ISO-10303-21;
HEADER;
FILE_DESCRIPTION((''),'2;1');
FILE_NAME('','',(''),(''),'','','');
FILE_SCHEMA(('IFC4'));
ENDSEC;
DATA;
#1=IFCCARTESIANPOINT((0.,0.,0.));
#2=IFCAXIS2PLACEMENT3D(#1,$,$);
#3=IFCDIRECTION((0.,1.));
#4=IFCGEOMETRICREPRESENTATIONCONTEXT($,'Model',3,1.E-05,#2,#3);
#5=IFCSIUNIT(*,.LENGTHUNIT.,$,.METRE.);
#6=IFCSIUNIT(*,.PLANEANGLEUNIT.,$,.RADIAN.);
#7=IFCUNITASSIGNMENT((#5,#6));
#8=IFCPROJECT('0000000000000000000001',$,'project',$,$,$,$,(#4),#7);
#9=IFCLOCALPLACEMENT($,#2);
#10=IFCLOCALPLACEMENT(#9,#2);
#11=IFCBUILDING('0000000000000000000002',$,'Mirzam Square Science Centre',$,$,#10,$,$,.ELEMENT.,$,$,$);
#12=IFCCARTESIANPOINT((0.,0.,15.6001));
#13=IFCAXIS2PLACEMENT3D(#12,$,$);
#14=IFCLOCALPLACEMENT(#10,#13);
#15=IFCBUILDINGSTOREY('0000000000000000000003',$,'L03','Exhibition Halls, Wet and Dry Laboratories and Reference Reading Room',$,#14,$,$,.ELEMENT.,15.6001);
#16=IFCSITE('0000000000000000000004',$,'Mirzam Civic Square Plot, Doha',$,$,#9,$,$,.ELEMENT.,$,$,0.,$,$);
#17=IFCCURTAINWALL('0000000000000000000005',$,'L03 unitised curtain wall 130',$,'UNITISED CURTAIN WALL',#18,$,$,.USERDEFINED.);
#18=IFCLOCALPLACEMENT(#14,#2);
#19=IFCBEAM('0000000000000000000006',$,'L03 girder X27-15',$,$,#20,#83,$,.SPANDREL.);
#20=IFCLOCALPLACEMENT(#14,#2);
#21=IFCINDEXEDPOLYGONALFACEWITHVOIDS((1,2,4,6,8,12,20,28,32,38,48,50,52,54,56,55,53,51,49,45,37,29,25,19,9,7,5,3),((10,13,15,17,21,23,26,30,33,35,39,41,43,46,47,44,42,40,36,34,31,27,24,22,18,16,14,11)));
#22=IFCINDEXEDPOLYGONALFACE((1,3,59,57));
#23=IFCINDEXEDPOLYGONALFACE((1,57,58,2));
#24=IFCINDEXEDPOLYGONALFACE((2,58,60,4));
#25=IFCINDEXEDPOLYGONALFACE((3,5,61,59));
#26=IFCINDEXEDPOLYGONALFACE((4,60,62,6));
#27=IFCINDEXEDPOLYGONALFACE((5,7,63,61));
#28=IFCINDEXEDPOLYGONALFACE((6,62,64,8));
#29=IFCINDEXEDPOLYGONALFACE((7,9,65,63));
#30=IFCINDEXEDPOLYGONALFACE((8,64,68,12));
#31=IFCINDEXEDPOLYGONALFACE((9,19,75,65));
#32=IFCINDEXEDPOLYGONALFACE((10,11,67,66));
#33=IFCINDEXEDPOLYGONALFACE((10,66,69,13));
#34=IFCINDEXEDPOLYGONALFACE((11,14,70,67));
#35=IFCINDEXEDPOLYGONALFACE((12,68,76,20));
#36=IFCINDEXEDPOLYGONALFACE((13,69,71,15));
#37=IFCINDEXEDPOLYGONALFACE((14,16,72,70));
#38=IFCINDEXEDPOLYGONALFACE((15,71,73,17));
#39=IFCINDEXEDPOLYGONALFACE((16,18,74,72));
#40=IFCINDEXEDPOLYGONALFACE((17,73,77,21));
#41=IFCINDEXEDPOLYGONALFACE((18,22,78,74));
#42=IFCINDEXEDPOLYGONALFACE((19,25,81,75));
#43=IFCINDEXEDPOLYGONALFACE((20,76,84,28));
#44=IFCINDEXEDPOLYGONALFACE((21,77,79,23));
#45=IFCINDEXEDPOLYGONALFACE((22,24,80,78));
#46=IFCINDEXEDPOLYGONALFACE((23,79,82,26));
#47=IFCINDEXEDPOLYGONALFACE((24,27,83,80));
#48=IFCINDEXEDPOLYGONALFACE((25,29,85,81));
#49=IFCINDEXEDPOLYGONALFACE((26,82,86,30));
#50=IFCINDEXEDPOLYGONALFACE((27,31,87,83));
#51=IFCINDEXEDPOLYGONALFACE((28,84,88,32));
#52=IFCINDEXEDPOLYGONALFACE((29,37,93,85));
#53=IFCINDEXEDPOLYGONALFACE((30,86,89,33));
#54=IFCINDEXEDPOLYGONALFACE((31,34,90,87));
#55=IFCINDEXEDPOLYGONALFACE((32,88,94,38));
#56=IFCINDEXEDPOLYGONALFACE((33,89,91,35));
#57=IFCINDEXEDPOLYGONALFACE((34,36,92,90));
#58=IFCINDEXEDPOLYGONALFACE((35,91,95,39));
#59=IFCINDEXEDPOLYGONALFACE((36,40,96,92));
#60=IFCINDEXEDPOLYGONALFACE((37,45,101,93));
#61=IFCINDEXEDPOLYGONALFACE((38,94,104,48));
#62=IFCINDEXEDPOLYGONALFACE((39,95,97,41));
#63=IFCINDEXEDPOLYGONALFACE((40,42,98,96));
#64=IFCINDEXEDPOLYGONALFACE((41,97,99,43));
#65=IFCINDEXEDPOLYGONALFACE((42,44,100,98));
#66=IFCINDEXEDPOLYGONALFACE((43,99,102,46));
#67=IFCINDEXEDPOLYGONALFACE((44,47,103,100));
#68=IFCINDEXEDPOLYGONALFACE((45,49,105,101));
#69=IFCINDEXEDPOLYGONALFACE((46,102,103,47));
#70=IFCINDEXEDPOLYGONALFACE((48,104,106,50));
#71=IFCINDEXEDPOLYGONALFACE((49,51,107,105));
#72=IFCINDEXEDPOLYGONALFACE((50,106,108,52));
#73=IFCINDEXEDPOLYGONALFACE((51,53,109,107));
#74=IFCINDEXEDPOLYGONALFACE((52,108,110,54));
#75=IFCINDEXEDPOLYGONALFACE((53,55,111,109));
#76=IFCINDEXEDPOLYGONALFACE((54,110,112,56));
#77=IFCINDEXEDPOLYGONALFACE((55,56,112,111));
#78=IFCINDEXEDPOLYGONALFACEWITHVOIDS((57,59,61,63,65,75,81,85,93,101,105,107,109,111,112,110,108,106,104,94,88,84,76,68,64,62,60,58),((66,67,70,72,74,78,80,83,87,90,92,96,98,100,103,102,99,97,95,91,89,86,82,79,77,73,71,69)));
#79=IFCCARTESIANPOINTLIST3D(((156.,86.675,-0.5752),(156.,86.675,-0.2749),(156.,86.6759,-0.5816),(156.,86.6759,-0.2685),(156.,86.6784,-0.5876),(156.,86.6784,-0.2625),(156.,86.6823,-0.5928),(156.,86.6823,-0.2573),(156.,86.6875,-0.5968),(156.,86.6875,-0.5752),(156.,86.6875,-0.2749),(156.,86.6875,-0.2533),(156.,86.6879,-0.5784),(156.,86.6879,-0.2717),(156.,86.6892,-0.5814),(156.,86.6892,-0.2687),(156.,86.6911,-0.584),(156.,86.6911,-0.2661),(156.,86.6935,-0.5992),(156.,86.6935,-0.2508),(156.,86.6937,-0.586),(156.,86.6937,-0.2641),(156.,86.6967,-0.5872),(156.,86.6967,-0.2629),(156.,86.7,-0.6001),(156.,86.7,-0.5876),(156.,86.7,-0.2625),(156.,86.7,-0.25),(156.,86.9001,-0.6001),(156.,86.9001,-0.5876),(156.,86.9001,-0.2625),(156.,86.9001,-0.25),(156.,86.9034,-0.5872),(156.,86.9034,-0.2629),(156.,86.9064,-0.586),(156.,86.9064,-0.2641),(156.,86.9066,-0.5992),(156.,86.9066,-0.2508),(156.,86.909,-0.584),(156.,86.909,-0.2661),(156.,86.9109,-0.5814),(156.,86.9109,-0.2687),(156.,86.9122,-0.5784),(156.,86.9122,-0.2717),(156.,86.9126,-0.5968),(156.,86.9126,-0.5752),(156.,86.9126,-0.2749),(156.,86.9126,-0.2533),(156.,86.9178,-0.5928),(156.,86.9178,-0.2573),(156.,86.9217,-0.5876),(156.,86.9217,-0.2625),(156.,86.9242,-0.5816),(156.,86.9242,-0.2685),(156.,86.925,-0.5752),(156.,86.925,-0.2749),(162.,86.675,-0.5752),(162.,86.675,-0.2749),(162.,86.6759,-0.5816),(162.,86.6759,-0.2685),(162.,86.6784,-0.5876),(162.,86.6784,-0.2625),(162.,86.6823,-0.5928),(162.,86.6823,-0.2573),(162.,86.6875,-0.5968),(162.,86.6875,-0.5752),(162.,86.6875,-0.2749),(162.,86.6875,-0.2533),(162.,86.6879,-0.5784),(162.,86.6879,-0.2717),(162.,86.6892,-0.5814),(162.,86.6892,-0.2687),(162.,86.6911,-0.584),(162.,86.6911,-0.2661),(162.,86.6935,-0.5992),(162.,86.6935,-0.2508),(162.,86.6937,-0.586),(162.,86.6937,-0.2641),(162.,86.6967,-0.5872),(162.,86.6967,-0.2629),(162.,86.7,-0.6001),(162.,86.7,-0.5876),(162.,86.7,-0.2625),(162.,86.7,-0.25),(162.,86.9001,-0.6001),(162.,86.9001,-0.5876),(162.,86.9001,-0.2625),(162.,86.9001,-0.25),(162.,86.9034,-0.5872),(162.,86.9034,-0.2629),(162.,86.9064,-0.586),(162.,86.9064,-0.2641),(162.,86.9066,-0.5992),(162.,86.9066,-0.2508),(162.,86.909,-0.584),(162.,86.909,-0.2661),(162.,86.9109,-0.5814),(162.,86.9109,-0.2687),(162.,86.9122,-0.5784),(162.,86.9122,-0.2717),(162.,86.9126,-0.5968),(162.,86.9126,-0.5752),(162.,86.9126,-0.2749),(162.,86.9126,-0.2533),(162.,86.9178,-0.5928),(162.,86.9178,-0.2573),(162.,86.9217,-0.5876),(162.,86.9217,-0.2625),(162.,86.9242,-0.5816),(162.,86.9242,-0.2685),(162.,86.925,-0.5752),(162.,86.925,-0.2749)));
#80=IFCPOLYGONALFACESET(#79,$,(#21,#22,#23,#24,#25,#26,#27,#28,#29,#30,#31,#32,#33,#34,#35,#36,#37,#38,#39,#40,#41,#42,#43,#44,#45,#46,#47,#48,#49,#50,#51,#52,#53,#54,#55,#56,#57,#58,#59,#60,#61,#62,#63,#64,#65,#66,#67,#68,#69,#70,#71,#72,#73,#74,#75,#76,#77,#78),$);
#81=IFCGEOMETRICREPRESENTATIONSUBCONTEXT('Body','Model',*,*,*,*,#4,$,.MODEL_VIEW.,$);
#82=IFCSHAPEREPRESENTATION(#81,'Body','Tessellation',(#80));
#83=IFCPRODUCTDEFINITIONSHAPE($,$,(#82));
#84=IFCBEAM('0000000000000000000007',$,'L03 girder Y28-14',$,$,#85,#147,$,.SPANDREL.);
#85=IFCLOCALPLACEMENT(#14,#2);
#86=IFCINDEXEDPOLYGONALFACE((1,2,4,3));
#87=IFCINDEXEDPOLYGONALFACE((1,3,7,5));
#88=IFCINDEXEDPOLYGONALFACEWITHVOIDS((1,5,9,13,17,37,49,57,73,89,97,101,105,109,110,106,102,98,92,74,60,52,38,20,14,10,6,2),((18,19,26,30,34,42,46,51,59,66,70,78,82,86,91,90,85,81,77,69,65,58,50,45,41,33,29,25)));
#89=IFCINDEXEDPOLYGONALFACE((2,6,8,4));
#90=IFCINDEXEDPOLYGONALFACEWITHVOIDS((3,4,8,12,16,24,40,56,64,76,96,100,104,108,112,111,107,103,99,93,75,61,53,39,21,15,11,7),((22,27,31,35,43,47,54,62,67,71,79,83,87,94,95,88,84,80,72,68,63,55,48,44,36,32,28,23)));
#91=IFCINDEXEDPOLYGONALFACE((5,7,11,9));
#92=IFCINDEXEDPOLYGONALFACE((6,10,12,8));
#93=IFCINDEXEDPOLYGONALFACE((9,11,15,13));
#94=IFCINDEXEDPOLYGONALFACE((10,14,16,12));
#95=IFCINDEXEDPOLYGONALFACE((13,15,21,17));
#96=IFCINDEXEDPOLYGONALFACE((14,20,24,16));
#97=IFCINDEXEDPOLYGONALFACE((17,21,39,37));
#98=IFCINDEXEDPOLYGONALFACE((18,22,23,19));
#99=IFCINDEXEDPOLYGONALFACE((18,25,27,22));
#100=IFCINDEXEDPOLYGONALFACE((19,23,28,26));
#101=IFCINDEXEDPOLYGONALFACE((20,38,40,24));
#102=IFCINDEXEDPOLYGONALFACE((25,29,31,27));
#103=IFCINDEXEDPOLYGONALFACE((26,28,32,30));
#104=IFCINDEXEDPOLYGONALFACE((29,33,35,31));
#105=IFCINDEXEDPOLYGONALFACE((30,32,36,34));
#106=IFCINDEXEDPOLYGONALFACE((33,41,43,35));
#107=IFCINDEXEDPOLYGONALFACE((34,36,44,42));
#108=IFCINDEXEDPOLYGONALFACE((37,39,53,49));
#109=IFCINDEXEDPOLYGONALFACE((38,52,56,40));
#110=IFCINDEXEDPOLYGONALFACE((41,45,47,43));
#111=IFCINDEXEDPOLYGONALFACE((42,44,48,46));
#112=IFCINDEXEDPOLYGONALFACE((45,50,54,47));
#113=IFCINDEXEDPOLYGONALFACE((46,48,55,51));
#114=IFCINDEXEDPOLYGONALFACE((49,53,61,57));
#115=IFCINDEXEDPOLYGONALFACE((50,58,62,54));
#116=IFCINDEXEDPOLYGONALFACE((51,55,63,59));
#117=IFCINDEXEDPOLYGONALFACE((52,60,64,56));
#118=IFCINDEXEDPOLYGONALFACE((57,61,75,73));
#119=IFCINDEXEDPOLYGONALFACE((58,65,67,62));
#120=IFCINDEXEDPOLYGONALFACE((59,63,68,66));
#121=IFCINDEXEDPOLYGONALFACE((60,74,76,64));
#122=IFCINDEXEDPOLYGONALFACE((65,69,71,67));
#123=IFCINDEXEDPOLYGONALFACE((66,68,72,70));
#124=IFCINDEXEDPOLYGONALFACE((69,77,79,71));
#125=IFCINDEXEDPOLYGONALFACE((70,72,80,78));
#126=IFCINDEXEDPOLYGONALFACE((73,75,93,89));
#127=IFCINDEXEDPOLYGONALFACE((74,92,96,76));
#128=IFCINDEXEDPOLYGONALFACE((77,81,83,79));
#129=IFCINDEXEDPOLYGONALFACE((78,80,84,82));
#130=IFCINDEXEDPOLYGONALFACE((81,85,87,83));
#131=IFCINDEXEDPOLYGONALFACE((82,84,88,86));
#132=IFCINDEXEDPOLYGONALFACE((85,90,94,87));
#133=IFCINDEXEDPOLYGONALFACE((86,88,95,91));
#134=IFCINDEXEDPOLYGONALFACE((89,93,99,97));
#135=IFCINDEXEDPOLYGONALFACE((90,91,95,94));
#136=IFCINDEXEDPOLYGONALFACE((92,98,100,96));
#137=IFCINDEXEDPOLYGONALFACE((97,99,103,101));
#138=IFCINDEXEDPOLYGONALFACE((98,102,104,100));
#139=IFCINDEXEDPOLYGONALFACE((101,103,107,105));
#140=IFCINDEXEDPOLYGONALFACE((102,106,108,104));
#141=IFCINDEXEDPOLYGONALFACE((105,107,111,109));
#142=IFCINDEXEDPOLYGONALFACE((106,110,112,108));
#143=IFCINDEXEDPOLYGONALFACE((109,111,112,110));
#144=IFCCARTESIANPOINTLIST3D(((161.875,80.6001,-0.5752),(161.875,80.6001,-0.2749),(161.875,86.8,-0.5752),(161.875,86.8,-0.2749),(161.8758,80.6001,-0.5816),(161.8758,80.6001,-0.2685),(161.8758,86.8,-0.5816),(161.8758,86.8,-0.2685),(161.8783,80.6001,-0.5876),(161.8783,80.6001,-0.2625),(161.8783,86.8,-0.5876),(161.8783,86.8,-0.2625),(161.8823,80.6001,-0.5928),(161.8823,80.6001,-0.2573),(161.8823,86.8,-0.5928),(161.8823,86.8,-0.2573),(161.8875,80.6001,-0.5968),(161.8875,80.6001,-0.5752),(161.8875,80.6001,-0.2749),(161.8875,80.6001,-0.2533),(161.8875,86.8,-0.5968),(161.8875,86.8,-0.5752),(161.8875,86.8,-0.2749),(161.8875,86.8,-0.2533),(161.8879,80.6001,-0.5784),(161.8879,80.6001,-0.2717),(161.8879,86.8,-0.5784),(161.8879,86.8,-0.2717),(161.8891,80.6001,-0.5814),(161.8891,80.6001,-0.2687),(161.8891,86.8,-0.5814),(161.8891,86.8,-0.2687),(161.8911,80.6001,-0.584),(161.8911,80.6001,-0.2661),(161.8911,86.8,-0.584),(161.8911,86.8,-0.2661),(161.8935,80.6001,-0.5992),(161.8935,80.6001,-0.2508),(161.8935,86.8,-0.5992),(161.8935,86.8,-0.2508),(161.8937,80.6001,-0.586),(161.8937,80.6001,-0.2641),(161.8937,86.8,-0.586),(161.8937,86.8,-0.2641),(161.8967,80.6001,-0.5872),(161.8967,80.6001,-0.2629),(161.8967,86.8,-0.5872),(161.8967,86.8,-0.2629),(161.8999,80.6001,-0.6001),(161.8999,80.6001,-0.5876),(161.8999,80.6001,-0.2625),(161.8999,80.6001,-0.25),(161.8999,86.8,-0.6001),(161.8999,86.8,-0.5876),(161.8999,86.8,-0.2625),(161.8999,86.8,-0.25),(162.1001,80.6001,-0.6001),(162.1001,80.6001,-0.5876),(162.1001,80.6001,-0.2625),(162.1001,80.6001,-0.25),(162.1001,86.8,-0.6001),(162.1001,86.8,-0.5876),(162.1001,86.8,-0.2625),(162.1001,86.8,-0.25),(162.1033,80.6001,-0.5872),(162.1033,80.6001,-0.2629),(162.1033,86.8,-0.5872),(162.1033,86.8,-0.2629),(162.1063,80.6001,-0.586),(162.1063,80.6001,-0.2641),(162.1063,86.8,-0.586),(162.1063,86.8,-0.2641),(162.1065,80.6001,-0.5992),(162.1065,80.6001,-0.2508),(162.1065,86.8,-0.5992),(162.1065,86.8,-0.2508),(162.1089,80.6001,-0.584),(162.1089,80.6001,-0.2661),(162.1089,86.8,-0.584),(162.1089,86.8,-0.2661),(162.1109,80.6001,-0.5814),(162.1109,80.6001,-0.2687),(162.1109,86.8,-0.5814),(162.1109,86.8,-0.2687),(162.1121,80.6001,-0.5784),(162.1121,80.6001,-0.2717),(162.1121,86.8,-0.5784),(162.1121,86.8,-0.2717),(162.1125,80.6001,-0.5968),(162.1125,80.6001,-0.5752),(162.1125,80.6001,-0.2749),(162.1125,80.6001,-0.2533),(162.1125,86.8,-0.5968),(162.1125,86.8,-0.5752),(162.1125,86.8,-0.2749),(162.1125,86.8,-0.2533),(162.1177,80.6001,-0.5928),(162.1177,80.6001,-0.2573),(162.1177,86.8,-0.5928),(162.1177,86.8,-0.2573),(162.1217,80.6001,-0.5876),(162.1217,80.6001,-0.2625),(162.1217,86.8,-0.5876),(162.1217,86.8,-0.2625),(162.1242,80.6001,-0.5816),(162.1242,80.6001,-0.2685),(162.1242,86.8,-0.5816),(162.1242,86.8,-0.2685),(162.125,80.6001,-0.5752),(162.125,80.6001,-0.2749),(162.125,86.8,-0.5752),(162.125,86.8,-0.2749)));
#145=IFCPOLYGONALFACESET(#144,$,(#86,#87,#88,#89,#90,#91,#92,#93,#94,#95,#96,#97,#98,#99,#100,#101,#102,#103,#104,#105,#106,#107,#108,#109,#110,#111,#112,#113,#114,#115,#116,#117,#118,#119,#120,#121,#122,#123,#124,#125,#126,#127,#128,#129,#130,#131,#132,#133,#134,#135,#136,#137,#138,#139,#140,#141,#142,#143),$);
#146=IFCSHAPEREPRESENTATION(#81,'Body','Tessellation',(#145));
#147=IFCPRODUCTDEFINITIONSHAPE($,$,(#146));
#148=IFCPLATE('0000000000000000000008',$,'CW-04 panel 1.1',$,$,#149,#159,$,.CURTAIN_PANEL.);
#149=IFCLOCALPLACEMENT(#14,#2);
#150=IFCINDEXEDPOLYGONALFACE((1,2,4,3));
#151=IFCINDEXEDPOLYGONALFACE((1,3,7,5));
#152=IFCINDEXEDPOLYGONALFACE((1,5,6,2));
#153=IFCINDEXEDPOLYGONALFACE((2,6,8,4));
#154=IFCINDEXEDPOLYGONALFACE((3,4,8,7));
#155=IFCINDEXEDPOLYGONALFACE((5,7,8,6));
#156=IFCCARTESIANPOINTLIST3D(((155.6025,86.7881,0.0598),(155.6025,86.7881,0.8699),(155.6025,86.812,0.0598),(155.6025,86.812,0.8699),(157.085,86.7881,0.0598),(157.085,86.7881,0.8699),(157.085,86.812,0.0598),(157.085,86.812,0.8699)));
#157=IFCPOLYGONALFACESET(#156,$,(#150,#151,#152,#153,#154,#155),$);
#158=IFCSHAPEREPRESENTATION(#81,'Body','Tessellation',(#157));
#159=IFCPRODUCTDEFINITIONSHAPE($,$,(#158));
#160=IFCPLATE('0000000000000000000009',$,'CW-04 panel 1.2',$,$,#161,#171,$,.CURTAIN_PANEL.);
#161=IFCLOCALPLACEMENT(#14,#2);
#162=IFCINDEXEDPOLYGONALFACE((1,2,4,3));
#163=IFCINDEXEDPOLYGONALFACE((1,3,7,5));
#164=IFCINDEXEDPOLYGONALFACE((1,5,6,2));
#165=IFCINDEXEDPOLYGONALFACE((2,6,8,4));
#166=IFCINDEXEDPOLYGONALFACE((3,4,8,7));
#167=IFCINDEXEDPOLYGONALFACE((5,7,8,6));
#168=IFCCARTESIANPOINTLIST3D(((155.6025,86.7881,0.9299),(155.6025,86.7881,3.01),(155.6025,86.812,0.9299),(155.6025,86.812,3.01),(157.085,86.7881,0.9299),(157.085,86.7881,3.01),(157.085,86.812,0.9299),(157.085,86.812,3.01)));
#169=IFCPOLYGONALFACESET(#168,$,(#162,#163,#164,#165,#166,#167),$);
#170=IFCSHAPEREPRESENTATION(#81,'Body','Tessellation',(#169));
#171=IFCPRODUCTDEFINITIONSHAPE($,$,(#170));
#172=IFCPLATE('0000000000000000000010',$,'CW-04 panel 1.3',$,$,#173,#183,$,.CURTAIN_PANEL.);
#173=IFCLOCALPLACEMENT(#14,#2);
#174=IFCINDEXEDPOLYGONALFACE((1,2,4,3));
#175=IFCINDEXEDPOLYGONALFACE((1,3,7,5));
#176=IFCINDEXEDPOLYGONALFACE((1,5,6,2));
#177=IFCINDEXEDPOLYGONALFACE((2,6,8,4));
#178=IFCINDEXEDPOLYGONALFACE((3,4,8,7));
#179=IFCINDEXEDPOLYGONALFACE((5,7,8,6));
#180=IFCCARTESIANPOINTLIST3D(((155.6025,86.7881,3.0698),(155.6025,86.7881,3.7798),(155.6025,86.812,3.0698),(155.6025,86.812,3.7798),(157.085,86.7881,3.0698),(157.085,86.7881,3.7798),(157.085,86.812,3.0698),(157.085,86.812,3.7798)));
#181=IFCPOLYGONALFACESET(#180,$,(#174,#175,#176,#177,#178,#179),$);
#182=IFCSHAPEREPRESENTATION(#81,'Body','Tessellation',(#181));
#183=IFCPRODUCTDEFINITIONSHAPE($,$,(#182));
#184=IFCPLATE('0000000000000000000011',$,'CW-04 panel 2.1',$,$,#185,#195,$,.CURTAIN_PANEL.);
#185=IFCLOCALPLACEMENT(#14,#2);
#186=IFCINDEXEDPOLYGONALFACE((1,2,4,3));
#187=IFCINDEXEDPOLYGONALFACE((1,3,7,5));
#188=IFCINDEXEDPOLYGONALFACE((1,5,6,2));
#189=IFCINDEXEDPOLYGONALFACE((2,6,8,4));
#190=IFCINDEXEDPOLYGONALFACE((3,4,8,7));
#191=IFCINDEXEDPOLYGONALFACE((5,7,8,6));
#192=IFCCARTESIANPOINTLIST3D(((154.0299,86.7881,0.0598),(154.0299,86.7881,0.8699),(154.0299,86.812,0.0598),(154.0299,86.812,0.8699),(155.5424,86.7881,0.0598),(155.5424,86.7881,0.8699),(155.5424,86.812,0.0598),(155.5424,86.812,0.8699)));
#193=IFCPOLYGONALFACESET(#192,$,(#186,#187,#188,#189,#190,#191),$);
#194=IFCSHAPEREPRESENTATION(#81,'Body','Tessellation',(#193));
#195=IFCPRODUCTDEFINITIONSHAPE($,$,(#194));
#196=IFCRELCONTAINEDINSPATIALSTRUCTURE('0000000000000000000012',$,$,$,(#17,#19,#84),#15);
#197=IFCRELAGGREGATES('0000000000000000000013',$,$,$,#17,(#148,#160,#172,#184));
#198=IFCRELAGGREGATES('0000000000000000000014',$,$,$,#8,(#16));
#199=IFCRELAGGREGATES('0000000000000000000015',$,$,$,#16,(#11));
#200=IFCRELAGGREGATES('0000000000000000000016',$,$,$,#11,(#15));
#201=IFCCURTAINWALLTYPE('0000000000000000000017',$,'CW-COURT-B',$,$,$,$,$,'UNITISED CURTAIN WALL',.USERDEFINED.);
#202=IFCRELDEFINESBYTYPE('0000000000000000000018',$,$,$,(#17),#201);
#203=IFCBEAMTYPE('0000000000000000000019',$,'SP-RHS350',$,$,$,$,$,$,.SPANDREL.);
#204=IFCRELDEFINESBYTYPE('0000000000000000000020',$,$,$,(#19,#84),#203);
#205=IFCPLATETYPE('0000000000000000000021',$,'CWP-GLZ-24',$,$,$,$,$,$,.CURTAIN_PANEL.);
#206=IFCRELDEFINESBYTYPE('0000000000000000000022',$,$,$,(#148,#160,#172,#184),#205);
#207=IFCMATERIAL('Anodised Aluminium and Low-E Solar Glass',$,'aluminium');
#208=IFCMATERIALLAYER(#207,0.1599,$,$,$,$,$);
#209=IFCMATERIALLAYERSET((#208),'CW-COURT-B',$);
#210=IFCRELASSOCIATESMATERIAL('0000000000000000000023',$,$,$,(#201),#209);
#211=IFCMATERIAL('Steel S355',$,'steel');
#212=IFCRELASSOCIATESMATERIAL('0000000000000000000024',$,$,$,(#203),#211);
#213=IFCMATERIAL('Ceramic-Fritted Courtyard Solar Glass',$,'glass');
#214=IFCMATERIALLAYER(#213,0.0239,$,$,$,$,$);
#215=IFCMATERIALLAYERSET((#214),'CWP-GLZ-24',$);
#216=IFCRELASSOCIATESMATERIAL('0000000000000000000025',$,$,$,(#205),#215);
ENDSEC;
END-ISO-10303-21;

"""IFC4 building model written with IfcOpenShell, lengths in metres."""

from ifc_helpers import new_model, si_unit, direction, frame, origin, origin_2d, place, context, subcontext, project, spatial, rectangle, hollow_rectangle, extrude, material, layer, layer_set, material_profile, profile_set, type_object, element, aggregate, save


model = new_model("IFC4")

# Units and contexts
model_context = context("Model", 3, precision=1e-05, world=origin(), true_north=direction((0.0, 1.0)))
body_context = subcontext(model_context, "Body", "Model", "MODEL_VIEW")
ifc_project = project(units=[si_unit("LENGTHUNIT", "METRE"), si_unit("PLANEANGLEUNIT", "RADIAN")], contexts=[model_context])

# Site, building, storey
site_placement = place(None, origin())
site = spatial("IfcSite", under=ifc_project, at=site_placement, Name="Mirzam Civic Square Plot, Doha", CompositionType="ELEMENT", RefElevation=0.0)
building_placement = place(site_placement, origin())
building = spatial("IfcBuilding", under=site, at=building_placement, Name="Mirzam Square Science Centre", CompositionType="ELEMENT")
storey_placement = place(building_placement, frame((0.0, 0.0, 15.6001)))
storey = spatial("IfcBuildingStorey", under=building, at=storey_placement, Name="L03", Description="Exhibition Halls, Wet and Dry Laboratories and Reference Reading Room", CompositionType="ELEMENT", Elevation=15.6001)

# Shared definitions
ifc_material_1 = material(Name="Steel S355", Category="steel")

# Curtain wall
ifc_material_2 = material(Name="Anodised Aluminium and Low-E Solar Glass", Category="aluminium")
ifc_layer_1 = layer(ifc_material_2, 0.1599)
ifc_layer_set_1 = layer_set([ifc_layer_1], Name="CW-COURT-B")
curtain_wall_type_1 = type_object("IfcCurtainWallType", Name="CW-COURT-B", ElementType="UNITISED CURTAIN WALL", PredefinedType="USERDEFINED", material=ifc_layer_set_1)
curtain_wall_1_placement = place(storey_placement, origin())
curtain_wall_1 = element("IfcCurtainWall", 1, at=curtain_wall_1_placement, inside=storey, type_object=curtain_wall_type_1, Name="L03 unitised curtain wall 130", ObjectType="UNITISED CURTAIN WALL", PredefinedType="USERDEFINED")

# Beams
ifc_material_profile_1 = material_profile(ifc_material_1, hollow_rectangle(XDim=0.25, YDim=0.3501, WallThickness=0.0125, InnerFilletRadius=0.0125, OuterFilletRadius=0.0249, at=origin_2d()), Name="350x250x12.5RHS")
ifc_profile_set_1 = profile_set([ifc_material_profile_1], Name="Steel S355")
beam_type_1 = type_object("IfcBeamType", Name="SP-RHS350", PredefinedType="SPANDREL", material=ifc_profile_set_1)
beam_1_placement = place(storey_placement, frame((156.0, 86.8, -0.425), z_axis=(1.0, 0.0, 0.0), x_axis=(0.0, 1.0, 0.0)))
element("IfcBeam", 2, at=beam_1_placement, inside=storey, type_object=beam_type_1, Name="L03 girder X27-15", PredefinedType="SPANDREL", context=body_context, shape_type="SweptSolid", body=[
    extrude(hollow_rectangle(XDim=0.25, YDim=0.3501, WallThickness=0.0125, InnerFilletRadius=0.0125, OuterFilletRadius=0.0249, at=origin_2d()), origin(), (0.0, 0.0, 1.0), 6.0),
])
beam_2_placement = place(storey_placement, frame((162.0, 80.6001, -0.425), z_axis=(0.0, 1.0, 0.0), x_axis=(-1.0, 0.0, 0.0)))
element("IfcBeam", 3, at=beam_2_placement, inside=storey, type_object=beam_type_1, Name="L03 girder Y28-14", PredefinedType="SPANDREL", context=body_context, shape_type="SweptSolid", body=[
    extrude(hollow_rectangle(XDim=0.25, YDim=0.3501, WallThickness=0.0125, InnerFilletRadius=0.0125, OuterFilletRadius=0.0249, at=origin_2d()), origin(), (0.0, 0.0, 1.0), 6.2),
])

# Plates
ifc_material_3 = material(Name="Ceramic-Fritted Courtyard Solar Glass", Category="glass")
ifc_layer_2 = layer(ifc_material_3, 0.0239)
ifc_layer_set_2 = layer_set([ifc_layer_2], Name="CWP-GLZ-24")
plate_type = type_object("IfcPlateType", Name="CWP-GLZ-24", PredefinedType="CURTAIN_PANEL", material=ifc_layer_set_2)
plate_1_placement = place(storey_placement, frame((156.3438, 86.8, 0.0598), z_axis=(0.0, 0.0, 1.0), x_axis=(-1.0, 0.0, 0.0)))
plate_1 = element("IfcPlate", 4, at=plate_1_placement, type_object=plate_type, Name="CW-04 panel 1.1", PredefinedType="CURTAIN_PANEL", context=body_context, shape_type="SweptSolid", body=[
    extrude(rectangle(XDim=1.4824, YDim=0.0239, at=origin_2d()), origin(), (0.0, 0.0, 1.0), 0.8101),
])
plate_2_placement = place(storey_placement, frame((156.3438, 86.8, 0.9299), z_axis=(0.0, 0.0, 1.0), x_axis=(-1.0, 0.0, 0.0)))
plate_2 = element("IfcPlate", 5, at=plate_2_placement, type_object=plate_type, Name="CW-04 panel 1.2", PredefinedType="CURTAIN_PANEL", context=body_context, shape_type="SweptSolid", body=[
    extrude(rectangle(XDim=1.4824, YDim=0.0239, at=origin_2d()), origin(), (0.0, 0.0, 1.0), 2.0801),
])
plate_3_placement = place(storey_placement, frame((156.3438, 86.8, 3.0698), z_axis=(0.0, 0.0, 1.0), x_axis=(-1.0, 0.0, 0.0)))
plate_3 = element("IfcPlate", 6, at=plate_3_placement, type_object=plate_type, Name="CW-04 panel 1.3", PredefinedType="CURTAIN_PANEL", context=body_context, shape_type="SweptSolid", body=[
    extrude(rectangle(XDim=1.4824, YDim=0.0239, at=origin_2d()), origin(), (0.0, 0.0, 1.0), 0.71),
])
plate_4_placement = place(storey_placement, frame((154.7861, 86.8, 0.0598), z_axis=(0.0, 0.0, 1.0), x_axis=(-1.0, 0.0, 0.0)))
plate_4 = element("IfcPlate", 7, at=plate_4_placement, type_object=plate_type, Name="CW-04 panel 2.1", PredefinedType="CURTAIN_PANEL", context=body_context, shape_type="SweptSolid", body=[
    extrude(rectangle(XDim=1.5125, YDim=0.0239, at=origin_2d()), origin(), (0.0, 0.0, 1.0), 0.8101),
])
aggregate(curtain_wall_1, [plate_1, plate_2, plate_3, plate_4])

save(model, "model.ifc")
